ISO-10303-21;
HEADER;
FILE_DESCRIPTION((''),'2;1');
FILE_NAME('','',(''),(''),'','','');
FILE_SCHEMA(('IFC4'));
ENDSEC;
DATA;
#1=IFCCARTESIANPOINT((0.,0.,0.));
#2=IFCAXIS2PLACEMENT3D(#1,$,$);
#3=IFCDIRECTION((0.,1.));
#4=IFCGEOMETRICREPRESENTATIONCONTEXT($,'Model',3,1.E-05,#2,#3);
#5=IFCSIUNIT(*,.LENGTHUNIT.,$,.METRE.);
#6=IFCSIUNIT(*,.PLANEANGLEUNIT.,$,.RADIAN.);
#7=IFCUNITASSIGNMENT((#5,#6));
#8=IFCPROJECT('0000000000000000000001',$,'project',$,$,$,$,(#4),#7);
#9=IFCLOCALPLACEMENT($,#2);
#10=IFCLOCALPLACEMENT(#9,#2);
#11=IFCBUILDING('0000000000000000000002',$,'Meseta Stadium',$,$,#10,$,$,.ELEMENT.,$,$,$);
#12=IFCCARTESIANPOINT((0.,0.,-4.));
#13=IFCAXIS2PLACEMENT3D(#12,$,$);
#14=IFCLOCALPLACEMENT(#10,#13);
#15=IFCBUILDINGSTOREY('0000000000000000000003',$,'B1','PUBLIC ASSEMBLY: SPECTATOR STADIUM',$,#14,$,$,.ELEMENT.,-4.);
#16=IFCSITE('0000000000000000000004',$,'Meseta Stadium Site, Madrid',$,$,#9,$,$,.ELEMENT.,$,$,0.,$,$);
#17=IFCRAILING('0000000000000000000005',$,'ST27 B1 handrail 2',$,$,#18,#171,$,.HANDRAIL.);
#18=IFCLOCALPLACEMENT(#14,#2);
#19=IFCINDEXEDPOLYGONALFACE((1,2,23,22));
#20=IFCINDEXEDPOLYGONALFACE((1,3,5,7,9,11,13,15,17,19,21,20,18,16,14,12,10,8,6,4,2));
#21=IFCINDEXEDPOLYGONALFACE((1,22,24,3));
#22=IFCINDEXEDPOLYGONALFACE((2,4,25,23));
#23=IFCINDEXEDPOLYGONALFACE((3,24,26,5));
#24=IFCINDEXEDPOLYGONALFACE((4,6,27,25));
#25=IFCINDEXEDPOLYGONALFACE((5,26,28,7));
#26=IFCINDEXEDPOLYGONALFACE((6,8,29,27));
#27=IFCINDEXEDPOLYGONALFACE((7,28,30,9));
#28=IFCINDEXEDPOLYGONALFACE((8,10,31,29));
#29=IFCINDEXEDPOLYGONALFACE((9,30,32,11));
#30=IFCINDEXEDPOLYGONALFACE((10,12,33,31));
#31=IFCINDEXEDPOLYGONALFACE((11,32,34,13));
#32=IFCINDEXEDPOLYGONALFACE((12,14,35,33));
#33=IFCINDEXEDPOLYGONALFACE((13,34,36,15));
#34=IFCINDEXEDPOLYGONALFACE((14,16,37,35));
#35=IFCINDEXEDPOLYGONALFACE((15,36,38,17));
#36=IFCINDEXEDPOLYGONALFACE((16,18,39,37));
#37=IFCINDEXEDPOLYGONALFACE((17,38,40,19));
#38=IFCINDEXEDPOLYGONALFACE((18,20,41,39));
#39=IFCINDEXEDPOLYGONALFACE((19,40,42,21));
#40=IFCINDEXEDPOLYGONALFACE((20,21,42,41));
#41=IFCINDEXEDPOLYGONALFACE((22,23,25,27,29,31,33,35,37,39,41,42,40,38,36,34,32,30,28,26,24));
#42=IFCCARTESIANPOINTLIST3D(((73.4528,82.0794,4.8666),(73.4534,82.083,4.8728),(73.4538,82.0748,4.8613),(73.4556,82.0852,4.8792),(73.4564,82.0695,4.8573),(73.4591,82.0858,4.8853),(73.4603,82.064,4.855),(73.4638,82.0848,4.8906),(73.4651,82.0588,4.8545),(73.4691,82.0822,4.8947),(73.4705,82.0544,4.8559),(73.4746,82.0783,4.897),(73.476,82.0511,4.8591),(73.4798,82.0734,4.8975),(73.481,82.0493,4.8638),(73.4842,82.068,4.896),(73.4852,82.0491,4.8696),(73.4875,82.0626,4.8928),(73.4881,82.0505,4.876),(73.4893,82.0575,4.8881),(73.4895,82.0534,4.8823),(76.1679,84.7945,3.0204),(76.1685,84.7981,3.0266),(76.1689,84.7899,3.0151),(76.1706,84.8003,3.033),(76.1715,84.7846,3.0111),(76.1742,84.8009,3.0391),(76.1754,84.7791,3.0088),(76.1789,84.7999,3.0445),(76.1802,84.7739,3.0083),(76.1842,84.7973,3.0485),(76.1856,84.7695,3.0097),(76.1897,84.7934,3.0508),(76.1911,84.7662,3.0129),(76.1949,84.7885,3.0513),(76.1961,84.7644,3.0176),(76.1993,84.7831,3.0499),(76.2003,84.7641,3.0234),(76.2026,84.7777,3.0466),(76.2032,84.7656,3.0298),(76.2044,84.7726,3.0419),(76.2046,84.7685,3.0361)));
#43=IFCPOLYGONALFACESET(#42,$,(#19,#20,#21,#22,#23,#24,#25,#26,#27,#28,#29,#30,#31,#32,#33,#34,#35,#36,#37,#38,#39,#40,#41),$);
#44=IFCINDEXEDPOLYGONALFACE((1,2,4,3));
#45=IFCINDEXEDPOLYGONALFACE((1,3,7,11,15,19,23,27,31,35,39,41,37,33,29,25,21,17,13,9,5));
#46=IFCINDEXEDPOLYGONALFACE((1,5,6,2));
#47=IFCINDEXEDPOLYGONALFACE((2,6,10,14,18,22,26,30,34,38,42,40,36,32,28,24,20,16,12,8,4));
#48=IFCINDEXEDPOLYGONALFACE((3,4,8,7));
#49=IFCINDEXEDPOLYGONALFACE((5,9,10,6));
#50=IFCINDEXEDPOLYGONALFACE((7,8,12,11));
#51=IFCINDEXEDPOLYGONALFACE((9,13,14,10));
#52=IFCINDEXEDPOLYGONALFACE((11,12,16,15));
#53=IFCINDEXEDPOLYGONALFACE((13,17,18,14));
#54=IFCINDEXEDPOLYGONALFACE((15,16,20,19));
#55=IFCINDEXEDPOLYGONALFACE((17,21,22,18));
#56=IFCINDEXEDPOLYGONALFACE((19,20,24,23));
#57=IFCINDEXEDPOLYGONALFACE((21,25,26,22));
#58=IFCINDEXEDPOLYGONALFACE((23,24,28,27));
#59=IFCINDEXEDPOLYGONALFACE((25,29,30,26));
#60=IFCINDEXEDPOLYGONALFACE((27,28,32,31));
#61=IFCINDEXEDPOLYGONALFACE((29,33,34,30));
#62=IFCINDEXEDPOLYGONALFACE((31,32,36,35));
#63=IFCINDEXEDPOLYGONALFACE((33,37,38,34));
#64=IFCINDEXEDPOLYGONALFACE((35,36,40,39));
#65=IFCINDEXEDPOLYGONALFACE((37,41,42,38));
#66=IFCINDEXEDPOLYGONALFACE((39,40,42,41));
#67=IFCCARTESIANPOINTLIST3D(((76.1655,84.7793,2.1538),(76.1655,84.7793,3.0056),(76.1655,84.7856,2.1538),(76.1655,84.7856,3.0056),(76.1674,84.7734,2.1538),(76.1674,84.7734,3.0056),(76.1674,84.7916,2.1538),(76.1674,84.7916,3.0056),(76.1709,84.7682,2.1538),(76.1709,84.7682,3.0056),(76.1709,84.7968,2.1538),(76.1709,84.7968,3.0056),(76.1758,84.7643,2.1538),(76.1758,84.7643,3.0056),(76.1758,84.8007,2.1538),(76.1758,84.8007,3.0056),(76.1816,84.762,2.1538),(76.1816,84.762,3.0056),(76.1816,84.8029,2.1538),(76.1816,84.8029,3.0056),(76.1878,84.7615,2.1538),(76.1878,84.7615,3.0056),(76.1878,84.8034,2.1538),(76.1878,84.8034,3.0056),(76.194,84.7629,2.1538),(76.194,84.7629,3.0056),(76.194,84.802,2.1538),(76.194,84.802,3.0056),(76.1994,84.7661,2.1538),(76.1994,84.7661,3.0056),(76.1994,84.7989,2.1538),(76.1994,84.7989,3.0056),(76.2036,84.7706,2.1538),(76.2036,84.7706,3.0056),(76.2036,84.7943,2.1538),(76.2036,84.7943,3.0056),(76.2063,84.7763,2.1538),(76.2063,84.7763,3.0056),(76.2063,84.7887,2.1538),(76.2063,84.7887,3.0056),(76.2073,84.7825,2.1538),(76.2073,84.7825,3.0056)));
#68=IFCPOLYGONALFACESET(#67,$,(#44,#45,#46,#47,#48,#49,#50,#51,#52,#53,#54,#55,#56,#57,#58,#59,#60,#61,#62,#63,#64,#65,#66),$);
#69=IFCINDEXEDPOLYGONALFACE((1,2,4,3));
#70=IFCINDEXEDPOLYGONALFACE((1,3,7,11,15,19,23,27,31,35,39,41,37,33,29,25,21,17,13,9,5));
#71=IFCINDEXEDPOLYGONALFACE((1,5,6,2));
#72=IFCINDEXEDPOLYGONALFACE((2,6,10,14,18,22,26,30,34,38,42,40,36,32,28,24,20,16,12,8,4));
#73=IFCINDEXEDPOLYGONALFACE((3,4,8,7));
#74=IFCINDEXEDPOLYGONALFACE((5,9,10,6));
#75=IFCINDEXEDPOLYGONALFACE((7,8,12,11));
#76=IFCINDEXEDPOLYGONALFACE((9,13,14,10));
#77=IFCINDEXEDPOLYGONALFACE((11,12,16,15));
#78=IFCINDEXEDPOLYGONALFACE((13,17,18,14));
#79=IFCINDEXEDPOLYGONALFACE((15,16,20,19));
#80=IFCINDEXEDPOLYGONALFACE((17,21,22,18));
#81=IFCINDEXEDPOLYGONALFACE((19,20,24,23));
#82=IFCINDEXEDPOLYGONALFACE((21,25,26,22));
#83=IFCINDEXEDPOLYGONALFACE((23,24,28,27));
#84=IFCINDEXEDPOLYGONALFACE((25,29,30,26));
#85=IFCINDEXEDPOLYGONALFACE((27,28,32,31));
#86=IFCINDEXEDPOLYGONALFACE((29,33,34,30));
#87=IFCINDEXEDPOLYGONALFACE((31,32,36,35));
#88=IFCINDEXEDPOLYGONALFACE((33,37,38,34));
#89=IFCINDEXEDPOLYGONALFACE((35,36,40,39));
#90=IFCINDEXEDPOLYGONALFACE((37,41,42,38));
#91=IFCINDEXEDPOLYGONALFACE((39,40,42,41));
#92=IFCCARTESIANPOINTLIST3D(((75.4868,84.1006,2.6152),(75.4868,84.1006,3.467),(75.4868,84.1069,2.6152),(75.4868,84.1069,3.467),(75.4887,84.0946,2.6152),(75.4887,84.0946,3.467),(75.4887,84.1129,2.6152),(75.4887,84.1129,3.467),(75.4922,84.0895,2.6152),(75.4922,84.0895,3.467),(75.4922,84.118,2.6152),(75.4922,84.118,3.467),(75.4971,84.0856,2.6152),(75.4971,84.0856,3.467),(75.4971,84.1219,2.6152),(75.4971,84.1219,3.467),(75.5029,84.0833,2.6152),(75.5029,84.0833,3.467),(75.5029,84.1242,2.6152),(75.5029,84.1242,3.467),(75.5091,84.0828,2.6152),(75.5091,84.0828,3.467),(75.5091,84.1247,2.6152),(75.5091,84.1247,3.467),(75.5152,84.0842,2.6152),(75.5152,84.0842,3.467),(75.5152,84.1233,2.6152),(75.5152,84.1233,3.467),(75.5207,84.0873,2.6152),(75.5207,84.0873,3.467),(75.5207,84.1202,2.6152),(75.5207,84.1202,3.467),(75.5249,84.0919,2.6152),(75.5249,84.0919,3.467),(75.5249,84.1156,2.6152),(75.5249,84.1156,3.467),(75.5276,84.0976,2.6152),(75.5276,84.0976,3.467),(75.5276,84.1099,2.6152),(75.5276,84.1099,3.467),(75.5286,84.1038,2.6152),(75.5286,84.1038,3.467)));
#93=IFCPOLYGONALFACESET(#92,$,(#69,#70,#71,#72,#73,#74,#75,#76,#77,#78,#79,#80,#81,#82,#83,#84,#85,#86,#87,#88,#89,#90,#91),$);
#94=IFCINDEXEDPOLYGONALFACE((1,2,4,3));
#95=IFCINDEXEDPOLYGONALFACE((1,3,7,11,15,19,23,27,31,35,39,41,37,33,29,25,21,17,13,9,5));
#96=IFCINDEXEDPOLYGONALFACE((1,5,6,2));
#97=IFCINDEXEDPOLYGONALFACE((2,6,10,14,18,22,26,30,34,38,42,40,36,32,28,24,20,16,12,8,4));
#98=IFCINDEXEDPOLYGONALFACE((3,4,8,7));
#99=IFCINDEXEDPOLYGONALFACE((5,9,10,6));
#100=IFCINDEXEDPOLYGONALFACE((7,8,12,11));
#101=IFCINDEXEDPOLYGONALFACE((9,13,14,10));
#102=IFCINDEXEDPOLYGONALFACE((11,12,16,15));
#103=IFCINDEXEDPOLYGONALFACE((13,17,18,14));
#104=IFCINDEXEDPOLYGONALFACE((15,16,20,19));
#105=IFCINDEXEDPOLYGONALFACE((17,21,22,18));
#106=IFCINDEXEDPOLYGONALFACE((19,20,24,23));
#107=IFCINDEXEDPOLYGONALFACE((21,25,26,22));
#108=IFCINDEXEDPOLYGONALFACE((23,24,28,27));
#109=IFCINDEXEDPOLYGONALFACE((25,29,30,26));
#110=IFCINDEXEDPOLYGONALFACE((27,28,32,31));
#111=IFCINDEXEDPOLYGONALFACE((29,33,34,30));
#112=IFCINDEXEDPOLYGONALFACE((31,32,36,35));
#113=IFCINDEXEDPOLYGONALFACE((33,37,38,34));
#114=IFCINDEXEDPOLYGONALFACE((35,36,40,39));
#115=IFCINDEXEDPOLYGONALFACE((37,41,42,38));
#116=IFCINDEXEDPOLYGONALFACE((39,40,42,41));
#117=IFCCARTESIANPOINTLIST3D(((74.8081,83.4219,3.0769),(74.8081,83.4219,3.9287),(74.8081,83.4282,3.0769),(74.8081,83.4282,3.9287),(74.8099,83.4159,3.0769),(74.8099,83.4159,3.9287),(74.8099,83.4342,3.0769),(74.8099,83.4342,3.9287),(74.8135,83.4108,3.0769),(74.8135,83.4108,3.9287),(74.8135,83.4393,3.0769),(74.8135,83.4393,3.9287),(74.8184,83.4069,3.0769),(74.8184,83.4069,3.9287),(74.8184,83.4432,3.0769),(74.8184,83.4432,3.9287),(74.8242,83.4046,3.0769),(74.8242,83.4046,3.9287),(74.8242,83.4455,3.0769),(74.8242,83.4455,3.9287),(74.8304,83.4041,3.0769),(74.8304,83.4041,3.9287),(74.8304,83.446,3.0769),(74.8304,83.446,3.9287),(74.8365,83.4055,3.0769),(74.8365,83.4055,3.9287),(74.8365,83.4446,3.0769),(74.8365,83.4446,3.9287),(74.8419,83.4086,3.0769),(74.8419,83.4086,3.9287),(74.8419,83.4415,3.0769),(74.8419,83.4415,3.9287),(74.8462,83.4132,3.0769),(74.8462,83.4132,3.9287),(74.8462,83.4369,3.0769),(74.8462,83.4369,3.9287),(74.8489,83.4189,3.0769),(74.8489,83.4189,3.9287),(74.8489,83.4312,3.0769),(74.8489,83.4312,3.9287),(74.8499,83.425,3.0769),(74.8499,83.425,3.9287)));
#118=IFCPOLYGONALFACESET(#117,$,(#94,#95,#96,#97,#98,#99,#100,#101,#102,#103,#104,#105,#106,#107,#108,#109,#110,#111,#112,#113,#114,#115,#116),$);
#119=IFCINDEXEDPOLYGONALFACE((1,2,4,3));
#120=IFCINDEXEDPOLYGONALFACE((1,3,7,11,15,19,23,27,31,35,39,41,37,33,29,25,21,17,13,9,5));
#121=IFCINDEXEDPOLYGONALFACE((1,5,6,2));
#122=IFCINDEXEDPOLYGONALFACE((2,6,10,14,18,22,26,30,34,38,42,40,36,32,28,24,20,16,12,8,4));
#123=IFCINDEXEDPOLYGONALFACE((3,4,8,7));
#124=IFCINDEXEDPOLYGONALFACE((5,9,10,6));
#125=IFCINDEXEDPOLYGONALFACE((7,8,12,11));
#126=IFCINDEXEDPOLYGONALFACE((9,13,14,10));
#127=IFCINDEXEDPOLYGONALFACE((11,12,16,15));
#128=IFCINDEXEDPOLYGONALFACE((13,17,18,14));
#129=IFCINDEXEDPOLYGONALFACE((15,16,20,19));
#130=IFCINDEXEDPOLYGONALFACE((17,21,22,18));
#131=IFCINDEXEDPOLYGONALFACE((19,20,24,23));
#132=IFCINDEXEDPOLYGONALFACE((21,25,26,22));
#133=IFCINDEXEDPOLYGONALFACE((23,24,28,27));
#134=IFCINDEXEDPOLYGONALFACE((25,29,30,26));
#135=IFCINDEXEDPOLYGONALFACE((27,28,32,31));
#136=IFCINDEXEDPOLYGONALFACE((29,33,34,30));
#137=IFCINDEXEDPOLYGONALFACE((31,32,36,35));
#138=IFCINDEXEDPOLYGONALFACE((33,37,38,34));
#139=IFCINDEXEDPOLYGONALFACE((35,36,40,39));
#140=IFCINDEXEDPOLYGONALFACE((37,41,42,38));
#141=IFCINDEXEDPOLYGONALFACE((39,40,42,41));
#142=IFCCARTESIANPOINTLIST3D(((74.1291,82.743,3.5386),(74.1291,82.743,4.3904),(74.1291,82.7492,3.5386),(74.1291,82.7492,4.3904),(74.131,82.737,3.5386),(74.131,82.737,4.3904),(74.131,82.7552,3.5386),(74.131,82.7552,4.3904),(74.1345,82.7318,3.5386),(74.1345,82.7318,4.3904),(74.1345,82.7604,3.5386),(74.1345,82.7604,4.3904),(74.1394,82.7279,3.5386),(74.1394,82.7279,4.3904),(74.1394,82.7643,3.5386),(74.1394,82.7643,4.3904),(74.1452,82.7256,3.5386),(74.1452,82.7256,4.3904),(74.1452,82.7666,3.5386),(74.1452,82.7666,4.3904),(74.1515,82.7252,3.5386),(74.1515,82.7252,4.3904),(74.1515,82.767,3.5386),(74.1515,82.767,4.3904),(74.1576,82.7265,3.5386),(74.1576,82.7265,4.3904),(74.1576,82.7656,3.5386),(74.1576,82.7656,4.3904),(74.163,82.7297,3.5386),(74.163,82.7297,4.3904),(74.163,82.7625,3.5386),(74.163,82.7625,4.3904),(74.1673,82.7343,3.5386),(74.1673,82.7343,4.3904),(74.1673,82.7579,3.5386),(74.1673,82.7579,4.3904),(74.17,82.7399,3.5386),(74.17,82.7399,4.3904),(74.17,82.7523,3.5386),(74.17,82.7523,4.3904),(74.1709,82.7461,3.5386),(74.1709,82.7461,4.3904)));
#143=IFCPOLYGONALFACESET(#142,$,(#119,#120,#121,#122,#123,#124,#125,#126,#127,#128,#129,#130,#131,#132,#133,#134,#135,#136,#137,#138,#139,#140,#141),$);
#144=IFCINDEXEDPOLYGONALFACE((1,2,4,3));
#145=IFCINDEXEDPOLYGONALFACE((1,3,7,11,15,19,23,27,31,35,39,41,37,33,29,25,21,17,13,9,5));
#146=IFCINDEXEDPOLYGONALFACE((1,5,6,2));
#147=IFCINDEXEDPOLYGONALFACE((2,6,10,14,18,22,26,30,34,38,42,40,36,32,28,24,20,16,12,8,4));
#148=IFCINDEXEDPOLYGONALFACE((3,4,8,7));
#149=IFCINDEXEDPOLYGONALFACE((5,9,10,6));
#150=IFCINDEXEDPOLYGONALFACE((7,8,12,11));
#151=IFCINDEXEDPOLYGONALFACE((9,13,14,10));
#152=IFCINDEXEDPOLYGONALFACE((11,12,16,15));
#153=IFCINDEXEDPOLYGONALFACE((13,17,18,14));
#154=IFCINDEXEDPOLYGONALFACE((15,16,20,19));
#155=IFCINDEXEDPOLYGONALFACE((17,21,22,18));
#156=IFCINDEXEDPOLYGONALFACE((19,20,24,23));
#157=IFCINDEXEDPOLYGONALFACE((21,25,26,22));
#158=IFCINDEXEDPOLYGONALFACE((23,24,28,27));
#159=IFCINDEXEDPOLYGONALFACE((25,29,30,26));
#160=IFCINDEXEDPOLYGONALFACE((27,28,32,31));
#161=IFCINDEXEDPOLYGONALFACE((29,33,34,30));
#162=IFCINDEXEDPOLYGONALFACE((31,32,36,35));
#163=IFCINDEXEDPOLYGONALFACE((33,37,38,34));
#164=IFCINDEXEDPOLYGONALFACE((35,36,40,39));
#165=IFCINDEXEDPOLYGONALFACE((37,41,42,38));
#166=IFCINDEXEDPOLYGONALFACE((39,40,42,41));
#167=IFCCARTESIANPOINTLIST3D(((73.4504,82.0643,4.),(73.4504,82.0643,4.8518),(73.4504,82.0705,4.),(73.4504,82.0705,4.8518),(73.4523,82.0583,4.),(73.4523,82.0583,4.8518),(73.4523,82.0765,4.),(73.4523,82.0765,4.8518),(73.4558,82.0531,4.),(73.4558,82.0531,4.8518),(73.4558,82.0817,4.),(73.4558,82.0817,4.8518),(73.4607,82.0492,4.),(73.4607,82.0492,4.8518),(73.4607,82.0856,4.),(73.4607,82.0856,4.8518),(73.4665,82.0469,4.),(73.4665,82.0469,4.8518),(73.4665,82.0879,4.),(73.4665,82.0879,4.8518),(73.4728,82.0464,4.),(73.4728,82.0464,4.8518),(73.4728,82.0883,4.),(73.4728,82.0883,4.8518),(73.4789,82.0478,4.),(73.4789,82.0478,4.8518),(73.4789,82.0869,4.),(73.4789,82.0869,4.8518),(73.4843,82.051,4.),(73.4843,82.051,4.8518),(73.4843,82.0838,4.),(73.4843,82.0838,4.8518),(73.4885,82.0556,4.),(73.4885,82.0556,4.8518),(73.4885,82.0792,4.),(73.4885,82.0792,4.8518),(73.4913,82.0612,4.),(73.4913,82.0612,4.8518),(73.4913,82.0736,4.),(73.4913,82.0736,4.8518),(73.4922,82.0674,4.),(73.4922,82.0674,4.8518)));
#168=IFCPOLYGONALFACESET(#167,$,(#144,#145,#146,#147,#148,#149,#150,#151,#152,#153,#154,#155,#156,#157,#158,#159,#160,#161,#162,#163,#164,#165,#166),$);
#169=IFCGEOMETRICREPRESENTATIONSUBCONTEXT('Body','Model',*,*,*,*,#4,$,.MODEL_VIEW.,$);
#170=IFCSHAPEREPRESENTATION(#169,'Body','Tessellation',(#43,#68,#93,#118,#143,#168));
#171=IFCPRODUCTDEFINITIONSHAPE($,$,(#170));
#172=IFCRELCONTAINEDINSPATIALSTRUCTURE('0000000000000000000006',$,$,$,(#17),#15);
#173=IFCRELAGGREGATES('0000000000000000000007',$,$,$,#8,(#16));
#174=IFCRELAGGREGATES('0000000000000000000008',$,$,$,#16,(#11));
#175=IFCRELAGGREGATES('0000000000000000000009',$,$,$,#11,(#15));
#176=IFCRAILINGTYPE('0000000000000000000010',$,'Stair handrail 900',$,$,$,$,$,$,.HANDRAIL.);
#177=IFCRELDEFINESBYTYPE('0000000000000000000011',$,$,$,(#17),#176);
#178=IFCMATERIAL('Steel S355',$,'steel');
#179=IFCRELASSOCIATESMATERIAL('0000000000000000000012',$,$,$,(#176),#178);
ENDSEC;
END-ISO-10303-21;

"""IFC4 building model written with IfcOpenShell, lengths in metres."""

from ifc_helpers import new_model, si_unit, direction, frame, origin, origin_2d, place, context, subcontext, project, spatial, circle, extrude, material, type_object, element, save


model = new_model("IFC4")

# Units and contexts
model_context = context("Model", 3, precision=1e-05, world=origin(), true_north=direction((0.0, 1.0)))
body_context = subcontext(model_context, "Body", "Model", "MODEL_VIEW")
ifc_project = project(units=[si_unit("LENGTHUNIT", "METRE"), si_unit("PLANEANGLEUNIT", "RADIAN")], contexts=[model_context])

# Site, building, storey
site_placement = place(None, origin())
site = spatial("IfcSite", under=ifc_project, at=site_placement, Name="Meseta Stadium Site, Madrid", CompositionType="ELEMENT", RefElevation=0.0)
building_placement = place(site_placement, origin())
building = spatial("IfcBuilding", under=site, at=building_placement, Name="Meseta Stadium", CompositionType="ELEMENT")
storey_placement = place(building_placement, frame((0.0, 0.0, -4.0)))
storey = spatial("IfcBuildingStorey", under=building, at=storey_placement, Name="B1", Description="PUBLIC ASSEMBLY: SPECTATOR STADIUM", CompositionType="ELEMENT", Elevation=-4.0)

# Railing
ifc_material_1 = material(Name="Steel S355", Category="steel")
railing_type_1 = type_object("IfcRailingType", Name="Stair handrail 900", PredefinedType="HANDRAIL", material=ifc_material_1)
railing_1_placement = place(storey_placement, frame((76.1863, 84.7825, 2.1538)))
element("IfcRailing", 1, at=railing_1_placement, inside=storey, type_object=railing_type_1, Name="ST27 B1 handrail 2", PredefinedType="HANDRAIL", context=body_context, shape_type="SweptSolid", body=[
    extrude(circle(Radius=0.0239, at=origin_2d()), frame((0.0, 0.0, 0.876), z_axis=(-0.63727, -0.63727, 0.433328), x_axis=(0.707107, -0.707107, 0.0)), (0.0, 0.0, 1.0), 4.2605),
    extrude(circle(Radius=0.021, at=origin_2d()), origin(), (0.0, 0.0, 1.0), 0.8518),
    extrude(circle(Radius=0.021, at=origin_2d()), frame((-0.6787, -0.6787, 0.4614)), (0.0, 0.0, 1.0), 0.8518),
    extrude(circle(Radius=0.021, at=origin_2d()), frame((-1.3574, -1.3574, 0.9231)), (0.0, 0.0, 1.0), 0.8518),
    extrude(circle(Radius=0.021, at=origin_2d()), frame((-2.0364, -2.0364, 1.3848)), (0.0, 0.0, 1.0), 0.8518),
    extrude(circle(Radius=0.021, at=origin_2d()), frame((-2.7151, -2.7151, 1.8462)), (0.0, 0.0, 1.0), 0.8518),
])

save(model, "model.ifc")
